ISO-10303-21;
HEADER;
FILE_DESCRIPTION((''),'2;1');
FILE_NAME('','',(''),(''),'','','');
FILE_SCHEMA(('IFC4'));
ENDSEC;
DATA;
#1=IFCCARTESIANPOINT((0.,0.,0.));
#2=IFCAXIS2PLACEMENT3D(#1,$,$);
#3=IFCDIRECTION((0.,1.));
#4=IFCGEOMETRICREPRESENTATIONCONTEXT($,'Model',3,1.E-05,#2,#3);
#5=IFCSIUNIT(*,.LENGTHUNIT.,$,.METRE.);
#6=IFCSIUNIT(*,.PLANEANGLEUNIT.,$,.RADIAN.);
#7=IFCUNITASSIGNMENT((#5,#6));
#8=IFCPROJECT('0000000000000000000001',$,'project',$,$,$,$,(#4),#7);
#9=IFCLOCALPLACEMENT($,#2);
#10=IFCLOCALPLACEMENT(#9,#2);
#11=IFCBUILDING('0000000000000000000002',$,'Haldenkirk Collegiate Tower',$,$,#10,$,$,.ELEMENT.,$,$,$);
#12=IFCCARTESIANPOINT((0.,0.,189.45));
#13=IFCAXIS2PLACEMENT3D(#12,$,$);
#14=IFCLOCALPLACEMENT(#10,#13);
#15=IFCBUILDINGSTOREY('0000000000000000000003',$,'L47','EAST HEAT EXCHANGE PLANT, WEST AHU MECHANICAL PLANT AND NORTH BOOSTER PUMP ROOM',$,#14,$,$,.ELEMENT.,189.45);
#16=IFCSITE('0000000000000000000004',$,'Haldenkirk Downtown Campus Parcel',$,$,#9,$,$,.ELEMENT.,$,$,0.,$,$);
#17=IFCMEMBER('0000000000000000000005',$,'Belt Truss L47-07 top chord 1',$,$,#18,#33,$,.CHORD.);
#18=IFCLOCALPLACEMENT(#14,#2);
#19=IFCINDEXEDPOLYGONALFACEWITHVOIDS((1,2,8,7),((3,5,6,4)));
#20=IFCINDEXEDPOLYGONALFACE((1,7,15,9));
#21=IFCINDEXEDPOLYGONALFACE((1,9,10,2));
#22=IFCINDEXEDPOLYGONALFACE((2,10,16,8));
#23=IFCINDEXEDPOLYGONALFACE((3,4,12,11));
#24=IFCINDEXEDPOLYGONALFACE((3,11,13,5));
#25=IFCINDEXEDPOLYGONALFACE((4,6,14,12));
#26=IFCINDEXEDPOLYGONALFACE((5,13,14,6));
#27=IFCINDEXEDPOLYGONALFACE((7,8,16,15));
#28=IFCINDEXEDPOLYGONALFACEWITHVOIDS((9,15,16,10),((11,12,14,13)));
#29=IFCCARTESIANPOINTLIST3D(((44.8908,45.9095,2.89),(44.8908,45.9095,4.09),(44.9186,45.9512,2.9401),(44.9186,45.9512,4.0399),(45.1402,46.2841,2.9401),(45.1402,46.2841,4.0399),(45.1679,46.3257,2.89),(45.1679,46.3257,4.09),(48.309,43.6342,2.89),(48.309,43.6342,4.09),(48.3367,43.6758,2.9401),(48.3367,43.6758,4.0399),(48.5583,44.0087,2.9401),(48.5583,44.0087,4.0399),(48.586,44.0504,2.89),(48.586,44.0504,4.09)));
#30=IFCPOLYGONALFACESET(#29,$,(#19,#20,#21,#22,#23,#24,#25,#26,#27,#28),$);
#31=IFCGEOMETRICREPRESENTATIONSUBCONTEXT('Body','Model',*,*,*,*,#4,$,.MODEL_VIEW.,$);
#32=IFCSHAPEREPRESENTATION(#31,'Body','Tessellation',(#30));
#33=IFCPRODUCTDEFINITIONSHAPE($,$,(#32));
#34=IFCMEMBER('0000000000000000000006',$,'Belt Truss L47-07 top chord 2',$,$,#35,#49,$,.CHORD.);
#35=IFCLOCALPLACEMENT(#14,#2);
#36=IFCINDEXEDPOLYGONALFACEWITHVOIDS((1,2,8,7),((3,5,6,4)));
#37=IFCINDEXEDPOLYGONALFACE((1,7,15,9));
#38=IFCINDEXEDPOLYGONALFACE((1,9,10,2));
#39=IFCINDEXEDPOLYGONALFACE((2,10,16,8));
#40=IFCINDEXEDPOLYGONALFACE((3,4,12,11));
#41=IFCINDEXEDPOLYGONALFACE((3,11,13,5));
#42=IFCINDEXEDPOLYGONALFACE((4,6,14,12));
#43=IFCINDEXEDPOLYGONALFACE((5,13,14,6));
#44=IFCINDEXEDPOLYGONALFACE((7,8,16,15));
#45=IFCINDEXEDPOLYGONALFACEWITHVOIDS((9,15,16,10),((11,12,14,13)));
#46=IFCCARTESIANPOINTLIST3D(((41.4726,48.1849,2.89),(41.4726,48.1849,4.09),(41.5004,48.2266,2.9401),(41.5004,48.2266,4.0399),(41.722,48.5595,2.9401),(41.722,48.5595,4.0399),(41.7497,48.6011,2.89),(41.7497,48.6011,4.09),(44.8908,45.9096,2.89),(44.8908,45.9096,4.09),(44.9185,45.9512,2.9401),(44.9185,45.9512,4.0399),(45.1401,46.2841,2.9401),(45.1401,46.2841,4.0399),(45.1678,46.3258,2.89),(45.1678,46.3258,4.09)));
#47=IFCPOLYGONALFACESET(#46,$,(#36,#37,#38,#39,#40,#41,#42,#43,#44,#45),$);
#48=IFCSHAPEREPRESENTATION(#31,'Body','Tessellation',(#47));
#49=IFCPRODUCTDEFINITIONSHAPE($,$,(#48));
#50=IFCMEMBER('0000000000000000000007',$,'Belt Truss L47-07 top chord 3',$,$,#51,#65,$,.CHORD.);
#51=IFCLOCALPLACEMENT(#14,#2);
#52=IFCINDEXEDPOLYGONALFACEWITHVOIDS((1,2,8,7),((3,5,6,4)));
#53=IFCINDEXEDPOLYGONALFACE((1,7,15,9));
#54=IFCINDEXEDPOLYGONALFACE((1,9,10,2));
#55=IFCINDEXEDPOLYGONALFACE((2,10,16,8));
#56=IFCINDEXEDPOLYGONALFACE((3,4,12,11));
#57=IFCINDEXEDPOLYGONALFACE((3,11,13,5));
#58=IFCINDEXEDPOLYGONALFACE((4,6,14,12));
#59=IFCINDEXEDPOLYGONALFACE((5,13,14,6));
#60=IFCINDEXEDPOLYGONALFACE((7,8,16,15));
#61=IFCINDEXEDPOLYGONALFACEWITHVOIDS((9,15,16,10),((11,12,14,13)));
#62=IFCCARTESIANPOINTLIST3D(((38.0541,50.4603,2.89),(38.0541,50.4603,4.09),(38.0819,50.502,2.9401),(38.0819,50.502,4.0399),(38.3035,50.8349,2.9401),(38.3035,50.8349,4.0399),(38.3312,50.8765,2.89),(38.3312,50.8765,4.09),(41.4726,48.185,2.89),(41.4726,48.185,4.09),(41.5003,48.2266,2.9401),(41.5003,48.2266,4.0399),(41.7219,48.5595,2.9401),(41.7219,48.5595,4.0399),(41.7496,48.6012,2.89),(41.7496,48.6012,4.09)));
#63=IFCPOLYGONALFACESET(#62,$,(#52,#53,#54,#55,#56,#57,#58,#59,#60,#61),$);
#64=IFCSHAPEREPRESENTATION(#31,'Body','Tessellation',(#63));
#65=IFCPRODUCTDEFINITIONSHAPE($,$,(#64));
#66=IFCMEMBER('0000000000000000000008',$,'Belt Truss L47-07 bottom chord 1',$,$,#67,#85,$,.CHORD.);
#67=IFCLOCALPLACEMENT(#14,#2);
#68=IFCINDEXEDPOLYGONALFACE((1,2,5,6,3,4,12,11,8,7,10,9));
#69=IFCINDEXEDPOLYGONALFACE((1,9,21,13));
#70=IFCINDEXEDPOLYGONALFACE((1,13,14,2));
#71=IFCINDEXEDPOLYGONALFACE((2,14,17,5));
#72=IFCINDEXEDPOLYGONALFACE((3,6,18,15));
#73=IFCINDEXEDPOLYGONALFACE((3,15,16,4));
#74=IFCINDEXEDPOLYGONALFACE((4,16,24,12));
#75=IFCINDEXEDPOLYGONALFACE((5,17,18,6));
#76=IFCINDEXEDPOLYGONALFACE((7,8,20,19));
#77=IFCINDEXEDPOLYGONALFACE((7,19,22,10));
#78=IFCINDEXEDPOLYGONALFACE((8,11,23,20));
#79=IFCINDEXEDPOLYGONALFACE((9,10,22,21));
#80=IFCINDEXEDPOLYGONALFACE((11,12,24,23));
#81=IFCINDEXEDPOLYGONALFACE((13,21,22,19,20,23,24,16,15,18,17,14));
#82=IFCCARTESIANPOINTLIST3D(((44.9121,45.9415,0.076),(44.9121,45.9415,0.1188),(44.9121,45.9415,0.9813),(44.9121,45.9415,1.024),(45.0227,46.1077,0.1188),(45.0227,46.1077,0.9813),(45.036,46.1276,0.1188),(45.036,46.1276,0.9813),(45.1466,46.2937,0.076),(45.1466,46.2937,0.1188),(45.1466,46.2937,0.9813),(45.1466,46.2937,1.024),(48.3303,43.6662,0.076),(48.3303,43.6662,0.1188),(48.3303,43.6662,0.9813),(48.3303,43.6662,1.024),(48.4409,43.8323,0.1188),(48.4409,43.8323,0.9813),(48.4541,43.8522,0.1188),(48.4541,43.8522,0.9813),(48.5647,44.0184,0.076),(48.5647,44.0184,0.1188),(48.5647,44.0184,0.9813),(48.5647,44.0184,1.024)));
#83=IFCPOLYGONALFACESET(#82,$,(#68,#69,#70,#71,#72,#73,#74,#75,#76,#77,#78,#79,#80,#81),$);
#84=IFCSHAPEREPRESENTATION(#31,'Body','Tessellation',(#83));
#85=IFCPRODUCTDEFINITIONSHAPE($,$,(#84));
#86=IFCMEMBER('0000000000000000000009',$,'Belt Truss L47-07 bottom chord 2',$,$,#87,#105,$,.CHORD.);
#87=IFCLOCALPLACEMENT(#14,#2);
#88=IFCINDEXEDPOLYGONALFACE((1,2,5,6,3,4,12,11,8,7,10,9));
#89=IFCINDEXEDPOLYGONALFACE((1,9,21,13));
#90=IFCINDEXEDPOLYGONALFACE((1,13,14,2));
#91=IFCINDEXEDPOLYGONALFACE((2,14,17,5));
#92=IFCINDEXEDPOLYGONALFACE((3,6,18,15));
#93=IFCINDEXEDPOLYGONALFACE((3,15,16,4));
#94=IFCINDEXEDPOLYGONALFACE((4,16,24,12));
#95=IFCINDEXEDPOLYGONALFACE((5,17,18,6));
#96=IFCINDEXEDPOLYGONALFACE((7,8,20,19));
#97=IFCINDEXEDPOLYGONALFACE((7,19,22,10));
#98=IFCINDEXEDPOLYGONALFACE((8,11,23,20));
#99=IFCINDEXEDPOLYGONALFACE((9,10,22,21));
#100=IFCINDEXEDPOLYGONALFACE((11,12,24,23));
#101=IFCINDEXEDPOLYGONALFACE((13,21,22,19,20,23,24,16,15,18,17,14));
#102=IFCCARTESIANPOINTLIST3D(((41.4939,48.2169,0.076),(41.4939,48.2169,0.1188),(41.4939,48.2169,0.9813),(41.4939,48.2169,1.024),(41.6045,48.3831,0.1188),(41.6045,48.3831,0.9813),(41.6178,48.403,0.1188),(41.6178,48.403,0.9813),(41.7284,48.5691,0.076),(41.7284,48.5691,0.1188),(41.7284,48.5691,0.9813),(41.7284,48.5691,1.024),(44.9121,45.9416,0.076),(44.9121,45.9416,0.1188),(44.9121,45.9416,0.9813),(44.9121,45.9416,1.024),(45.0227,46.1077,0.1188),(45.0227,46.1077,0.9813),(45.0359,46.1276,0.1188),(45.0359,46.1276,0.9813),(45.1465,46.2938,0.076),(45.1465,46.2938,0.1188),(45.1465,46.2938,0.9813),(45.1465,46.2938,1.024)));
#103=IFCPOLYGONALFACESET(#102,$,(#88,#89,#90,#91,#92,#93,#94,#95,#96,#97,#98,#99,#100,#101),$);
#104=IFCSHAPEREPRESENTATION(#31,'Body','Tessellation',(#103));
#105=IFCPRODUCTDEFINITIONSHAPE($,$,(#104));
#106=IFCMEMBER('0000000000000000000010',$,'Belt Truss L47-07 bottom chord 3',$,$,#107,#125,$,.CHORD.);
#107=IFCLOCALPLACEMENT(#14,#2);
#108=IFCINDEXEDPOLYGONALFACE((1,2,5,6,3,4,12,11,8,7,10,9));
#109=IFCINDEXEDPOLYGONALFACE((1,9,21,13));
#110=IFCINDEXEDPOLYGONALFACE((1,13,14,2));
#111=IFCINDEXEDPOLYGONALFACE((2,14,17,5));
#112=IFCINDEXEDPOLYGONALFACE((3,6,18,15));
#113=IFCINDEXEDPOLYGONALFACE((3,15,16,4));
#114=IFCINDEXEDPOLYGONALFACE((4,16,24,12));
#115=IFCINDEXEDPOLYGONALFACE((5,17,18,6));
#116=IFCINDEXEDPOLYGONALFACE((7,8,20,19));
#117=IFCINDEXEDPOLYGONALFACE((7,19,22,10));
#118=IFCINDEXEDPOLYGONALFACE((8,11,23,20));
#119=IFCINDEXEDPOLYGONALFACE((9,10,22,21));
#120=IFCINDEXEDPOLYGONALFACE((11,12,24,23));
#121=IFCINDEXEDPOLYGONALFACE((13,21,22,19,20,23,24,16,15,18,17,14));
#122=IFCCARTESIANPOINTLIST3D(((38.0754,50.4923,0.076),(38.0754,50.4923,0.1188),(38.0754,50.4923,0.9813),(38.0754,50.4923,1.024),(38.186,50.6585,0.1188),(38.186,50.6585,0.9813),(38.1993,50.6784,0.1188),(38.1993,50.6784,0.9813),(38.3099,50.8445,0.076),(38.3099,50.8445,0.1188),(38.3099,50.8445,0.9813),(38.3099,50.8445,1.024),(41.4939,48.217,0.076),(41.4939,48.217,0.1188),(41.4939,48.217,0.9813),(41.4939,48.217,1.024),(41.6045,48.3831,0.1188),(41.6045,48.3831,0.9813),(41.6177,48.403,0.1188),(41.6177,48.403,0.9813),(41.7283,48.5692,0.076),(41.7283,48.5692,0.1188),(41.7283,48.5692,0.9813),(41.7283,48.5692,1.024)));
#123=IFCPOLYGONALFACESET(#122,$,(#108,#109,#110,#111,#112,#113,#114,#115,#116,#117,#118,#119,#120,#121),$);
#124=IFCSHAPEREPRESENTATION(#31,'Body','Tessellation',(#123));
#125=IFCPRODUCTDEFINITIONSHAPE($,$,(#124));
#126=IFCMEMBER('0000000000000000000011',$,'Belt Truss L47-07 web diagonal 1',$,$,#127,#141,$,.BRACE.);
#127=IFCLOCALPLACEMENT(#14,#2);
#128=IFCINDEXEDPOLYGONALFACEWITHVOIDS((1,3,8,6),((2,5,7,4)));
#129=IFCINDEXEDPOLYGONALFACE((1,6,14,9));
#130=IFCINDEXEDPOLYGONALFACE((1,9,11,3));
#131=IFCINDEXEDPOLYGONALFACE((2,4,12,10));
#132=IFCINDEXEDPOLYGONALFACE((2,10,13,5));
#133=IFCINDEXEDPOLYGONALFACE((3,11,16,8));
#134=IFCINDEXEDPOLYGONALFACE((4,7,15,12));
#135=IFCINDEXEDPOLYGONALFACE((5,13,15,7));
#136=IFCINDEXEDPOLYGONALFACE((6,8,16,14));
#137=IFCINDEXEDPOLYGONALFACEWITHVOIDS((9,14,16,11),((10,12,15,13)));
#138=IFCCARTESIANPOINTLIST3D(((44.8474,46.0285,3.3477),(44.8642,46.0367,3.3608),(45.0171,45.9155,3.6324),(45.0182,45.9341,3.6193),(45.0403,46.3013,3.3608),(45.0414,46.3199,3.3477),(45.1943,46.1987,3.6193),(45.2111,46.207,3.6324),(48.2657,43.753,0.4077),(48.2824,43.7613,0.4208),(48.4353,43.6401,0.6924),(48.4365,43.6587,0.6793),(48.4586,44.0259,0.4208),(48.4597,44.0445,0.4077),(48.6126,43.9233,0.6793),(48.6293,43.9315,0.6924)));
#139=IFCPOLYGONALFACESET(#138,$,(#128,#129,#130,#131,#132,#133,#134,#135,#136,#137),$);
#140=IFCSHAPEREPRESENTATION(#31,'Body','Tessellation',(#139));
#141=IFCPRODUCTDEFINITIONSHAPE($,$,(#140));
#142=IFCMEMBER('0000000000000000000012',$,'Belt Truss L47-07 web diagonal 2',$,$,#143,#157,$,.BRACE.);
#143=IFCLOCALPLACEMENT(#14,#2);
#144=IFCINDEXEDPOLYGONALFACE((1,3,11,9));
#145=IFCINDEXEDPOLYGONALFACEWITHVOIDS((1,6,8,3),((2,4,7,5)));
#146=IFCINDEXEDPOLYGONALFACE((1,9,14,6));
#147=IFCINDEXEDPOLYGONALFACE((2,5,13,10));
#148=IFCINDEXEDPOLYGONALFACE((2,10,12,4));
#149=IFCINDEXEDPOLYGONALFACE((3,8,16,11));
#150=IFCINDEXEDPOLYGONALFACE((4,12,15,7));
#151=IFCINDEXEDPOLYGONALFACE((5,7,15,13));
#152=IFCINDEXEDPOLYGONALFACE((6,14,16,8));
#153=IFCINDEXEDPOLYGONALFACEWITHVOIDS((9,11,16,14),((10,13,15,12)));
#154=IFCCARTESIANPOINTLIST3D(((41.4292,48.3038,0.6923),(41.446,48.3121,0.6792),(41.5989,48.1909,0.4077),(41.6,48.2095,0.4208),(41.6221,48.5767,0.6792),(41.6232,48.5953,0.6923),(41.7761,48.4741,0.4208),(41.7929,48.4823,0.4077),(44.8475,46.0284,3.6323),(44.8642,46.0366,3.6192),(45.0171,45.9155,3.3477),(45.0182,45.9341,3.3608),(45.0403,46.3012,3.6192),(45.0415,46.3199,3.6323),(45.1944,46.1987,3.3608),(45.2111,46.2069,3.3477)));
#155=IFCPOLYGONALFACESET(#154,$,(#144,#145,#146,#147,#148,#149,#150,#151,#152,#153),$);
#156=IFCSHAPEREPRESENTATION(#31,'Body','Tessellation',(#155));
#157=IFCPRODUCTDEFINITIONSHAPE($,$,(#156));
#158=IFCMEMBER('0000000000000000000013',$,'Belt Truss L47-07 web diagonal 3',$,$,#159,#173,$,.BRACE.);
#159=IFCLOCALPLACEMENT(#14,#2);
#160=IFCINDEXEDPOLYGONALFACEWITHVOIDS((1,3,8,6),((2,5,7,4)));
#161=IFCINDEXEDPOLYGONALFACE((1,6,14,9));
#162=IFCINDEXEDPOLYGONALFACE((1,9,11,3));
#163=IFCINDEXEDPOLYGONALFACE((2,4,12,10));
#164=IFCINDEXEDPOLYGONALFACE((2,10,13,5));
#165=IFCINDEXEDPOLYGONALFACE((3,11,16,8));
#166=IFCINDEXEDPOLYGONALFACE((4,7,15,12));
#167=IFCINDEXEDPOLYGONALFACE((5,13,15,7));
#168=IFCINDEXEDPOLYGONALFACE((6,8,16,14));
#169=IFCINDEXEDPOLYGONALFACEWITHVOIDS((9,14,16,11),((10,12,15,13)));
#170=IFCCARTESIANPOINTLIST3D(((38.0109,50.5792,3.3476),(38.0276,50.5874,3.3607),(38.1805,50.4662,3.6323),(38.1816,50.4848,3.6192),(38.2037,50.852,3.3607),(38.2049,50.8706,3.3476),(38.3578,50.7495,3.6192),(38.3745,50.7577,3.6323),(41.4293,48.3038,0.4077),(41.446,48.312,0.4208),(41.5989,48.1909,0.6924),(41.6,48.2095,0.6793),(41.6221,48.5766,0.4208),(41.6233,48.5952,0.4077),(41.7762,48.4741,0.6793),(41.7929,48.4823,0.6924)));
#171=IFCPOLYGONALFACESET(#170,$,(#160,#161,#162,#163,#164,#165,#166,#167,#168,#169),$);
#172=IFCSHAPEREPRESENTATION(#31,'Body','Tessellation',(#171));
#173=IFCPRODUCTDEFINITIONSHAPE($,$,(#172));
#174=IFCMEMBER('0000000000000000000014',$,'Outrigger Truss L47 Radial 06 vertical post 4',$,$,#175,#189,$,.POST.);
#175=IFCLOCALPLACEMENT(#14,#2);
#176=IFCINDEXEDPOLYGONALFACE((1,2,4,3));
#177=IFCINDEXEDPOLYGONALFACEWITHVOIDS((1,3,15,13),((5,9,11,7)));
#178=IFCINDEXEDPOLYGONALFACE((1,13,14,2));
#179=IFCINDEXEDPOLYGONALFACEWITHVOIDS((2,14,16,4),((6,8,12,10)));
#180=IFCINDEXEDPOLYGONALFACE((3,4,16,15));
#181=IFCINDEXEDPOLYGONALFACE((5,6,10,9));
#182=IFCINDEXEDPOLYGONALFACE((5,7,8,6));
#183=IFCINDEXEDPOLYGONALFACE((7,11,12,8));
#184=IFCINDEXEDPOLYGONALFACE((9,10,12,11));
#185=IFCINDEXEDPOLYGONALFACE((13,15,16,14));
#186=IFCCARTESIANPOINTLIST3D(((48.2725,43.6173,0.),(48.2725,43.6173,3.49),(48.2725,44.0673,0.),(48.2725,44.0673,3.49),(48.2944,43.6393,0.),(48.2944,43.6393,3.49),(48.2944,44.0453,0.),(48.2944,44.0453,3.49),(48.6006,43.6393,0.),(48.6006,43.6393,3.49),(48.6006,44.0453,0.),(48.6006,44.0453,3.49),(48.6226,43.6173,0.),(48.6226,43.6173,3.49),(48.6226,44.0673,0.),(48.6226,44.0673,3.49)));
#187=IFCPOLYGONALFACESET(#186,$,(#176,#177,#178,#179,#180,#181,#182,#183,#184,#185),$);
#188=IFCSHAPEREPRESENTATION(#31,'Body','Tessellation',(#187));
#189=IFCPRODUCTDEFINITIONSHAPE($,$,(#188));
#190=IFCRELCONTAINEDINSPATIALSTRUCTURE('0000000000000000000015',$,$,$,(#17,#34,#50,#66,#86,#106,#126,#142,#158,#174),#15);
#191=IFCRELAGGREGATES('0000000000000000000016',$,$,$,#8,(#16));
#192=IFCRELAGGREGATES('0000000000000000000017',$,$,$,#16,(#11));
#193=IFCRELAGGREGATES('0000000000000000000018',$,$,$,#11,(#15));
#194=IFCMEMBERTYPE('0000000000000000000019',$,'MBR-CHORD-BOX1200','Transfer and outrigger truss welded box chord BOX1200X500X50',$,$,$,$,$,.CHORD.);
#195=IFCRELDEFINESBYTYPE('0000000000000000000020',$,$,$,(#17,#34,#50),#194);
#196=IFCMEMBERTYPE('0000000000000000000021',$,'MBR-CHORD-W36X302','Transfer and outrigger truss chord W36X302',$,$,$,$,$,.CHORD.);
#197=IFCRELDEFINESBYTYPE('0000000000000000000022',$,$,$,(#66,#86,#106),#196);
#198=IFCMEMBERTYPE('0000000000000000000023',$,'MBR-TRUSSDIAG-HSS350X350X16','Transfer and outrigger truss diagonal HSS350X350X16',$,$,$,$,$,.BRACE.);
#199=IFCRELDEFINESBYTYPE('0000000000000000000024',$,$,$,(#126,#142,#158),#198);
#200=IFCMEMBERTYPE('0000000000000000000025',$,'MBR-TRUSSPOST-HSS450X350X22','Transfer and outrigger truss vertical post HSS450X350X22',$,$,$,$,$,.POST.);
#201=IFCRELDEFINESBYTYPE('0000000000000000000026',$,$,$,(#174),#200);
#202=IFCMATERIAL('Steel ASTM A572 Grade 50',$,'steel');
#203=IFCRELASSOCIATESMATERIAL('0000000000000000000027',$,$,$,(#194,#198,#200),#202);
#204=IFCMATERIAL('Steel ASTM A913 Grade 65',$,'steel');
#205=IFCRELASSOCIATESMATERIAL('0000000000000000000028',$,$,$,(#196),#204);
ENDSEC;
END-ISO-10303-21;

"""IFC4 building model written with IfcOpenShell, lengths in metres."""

from ifc_helpers import new_model, si_unit, direction, frame, origin, origin_2d, place, context, subcontext, project, spatial, hollow_rectangle, i_section, extrude, material, material_profile, profile_set, type_object, element, save


model = new_model("IFC4")

# Units and contexts
model_context = context("Model", 3, precision=1e-05, world=origin(), true_north=direction((0.0, 1.0)))
body_context = subcontext(model_context, "Body", "Model", "MODEL_VIEW")
ifc_project = project(units=[si_unit("LENGTHUNIT", "METRE"), si_unit("PLANEANGLEUNIT", "RADIAN")], contexts=[model_context])

# Site, building, storey
site_placement = place(None, origin())
site = spatial("IfcSite", under=ifc_project, at=site_placement, Name="Haldenkirk Downtown Campus Parcel", CompositionType="ELEMENT", RefElevation=0.0)
building_placement = place(site_placement, origin())
building = spatial("IfcBuilding", under=site, at=building_placement, Name="Haldenkirk Collegiate Tower", CompositionType="ELEMENT")
storey_placement = place(building_placement, frame((0.0, 0.0, 189.45)))
storey = spatial("IfcBuildingStorey", under=building, at=storey_placement, Name="L47", Description="EAST HEAT EXCHANGE PLANT, WEST AHU MECHANICAL PLANT AND NORTH BOOSTER PUMP ROOM", CompositionType="ELEMENT", Elevation=189.45)

# Members
ifc_material_1 = material(Name="Steel ASTM A572 Grade 50", Category="steel")
ifc_material_profile_1 = material_profile(ifc_material_1, hollow_rectangle(XDim=0.5, YDim=1.2, WallThickness=0.05, at=origin_2d()), Name="BOX1200X500X50")
ifc_profile_set_1 = profile_set([ifc_material_profile_1], Name="Steel ASTM A572 Grade 50")
member_type_1 = type_object("IfcMemberType", Name="MBR-CHORD-BOX1200", Description="Transfer and outrigger truss welded box chord BOX1200X500X50", PredefinedType="CHORD", material=ifc_profile_set_1)
for number, where, z_axis, x_axis, name in (
    (1, (48.4475, 43.8423, 3.49), (-0.832434, 0.554124, 0.0), (-0.554124, -0.832434, 0.0), "Belt Truss L47-07 top chord 1"),
    (2, (45.0293, 46.1177, 3.49), (-0.832434, 0.554124, 0.0), (-0.554124, -0.832434, 0.0), "Belt Truss L47-07 top chord 2"),
):
    element("IfcMember", number, at=place(storey_placement, frame(where, z_axis=z_axis, x_axis=x_axis)), inside=storey, type_object=member_type_1, Name=name, PredefinedType="CHORD", context=body_context, shape_type="SweptSolid", body=[
        extrude(hollow_rectangle(XDim=0.5, YDim=1.2, WallThickness=0.05, at=origin_2d()), origin(), (0.0, 0.0, 1.0), 4.1062),
    ])
member_1_placement = place(storey_placement, frame((41.6111, 48.3931, 3.49), z_axis=(-0.832453, 0.554096, 0.0), x_axis=(-0.554096, -0.832453, 0.0)))
element("IfcMember", 3, at=member_1_placement, inside=storey, type_object=member_type_1, Name="Belt Truss L47-07 top chord 3", PredefinedType="CHORD", context=body_context, shape_type="SweptSolid", body=[
    extrude(hollow_rectangle(XDim=0.5, YDim=1.2, WallThickness=0.05, at=origin_2d()), origin(), (0.0, 0.0, 1.0), 4.1064),
])
ifc_material_2 = material(Name="Steel ASTM A913 Grade 65", Category="steel")
ifc_material_profile_2 = material_profile(ifc_material_2, i_section(OverallWidth=0.4231, OverallDepth=0.948, WebThickness=0.0239, FlangeThickness=0.0427, at=origin_2d()), Name="W36X302")
ifc_profile_set_2 = profile_set([ifc_material_profile_2], Name="Steel ASTM A913 Grade 65")
member_type_2 = type_object("IfcMemberType", Name="MBR-CHORD-W36X302", Description="Transfer and outrigger truss chord W36X302", PredefinedType="CHORD", material=ifc_profile_set_2)
for number, where, z_axis, x_axis, name in (
    (4, (48.4475, 43.8423, 0.55), (-0.832434, 0.554124, 0.0), (-0.554124, -0.832434, 0.0), "Belt Truss L47-07 bottom chord 1"),
    (5, (45.0293, 46.1177, 0.55), (-0.832434, 0.554124, 0.0), (-0.554124, -0.832434, 0.0), "Belt Truss L47-07 bottom chord 2"),
):
    element("IfcMember", number, at=place(storey_placement, frame(where, z_axis=z_axis, x_axis=x_axis)), inside=storey, type_object=member_type_2, Name=name, PredefinedType="CHORD", context=body_context, shape_type="SweptSolid", body=[
        extrude(i_section(OverallWidth=0.4231, OverallDepth=0.948, WebThickness=0.0239, FlangeThickness=0.0427, at=origin_2d()), origin(), (0.0, 0.0, 1.0), 4.1062),
    ])
member_2_placement = place(storey_placement, frame((41.6111, 48.3931, 0.55), z_axis=(-0.832453, 0.554096, 0.0), x_axis=(-0.554096, -0.832453, 0.0)))
element("IfcMember", 6, at=member_2_placement, inside=storey, type_object=member_type_2, Name="Belt Truss L47-07 bottom chord 3", PredefinedType="CHORD", context=body_context, shape_type="SweptSolid", body=[
    extrude(i_section(OverallWidth=0.4231, OverallDepth=0.948, WebThickness=0.0239, FlangeThickness=0.0427, at=origin_2d()), origin(), (0.0, 0.0, 1.0), 4.1064),
])
ifc_material_profile_3 = material_profile(ifc_material_1, hollow_rectangle(XDim=0.3501, YDim=0.3501, WallThickness=0.0161, at=origin_2d()), Name="HSS350X350X16")
ifc_profile_set_3 = profile_set([ifc_material_profile_3], Name="Steel ASTM A572 Grade 50")
member_type_3 = type_object("IfcMemberType", Name="MBR-TRUSSDIAG-HSS350X350X16", Description="Transfer and outrigger truss diagonal HSS350X350X16", PredefinedType="BRACE", material=ifc_profile_set_3)
for number, where, z_axis, x_axis, name in (
    (7, (48.4475, 43.8423, 0.55), (-0.676843, 0.450552, 0.58214), (-0.554124, -0.832434, 0.0), "Belt Truss L47-07 web diagonal 1"),
    (8, (45.0293, 46.1177, 3.49), (-0.676843, 0.450552, -0.58214), (-0.554124, -0.832434, 0.0), "Belt Truss L47-07 web diagonal 2"),
    (9, (41.6111, 48.3931, 0.55), (-0.676869, 0.450537, 0.582121), (-0.554096, -0.832453, 0.0), "Belt Truss L47-07 web diagonal 3"),
):
    element("IfcMember", number, at=place(storey_placement, frame(where, z_axis=z_axis, x_axis=x_axis)), inside=storey, type_object=member_type_3, Name=name, PredefinedType="BRACE", context=body_context, shape_type="SweptSolid", body=[
        extrude(hollow_rectangle(XDim=0.3501, YDim=0.3501, WallThickness=0.0161, at=origin_2d()), origin(), (0.0, 0.0, 1.0), 5.0503),
    ])
ifc_material_profile_4 = material_profile(ifc_material_1, hollow_rectangle(XDim=0.3501, YDim=0.45, WallThickness=0.022, at=origin_2d()), Name="HSS450X350X22")
ifc_profile_set_4 = profile_set([ifc_material_profile_4], Name="Steel ASTM A572 Grade 50")
member_type_4 = type_object("IfcMemberType", Name="MBR-TRUSSPOST-HSS450X350X22", Description="Transfer and outrigger truss vertical post HSS450X350X22", PredefinedType="POST", material=ifc_profile_set_4)
for number, where, z_axis, x_axis, name in (
    (10, (48.4475, 43.8423, 0.0), (0.0, 0.0, 1.0), (1.0, 0.0, 0.0), "Outrigger Truss L47 Radial 06 vertical post 4"),
):
    element("IfcMember", number, at=place(storey_placement, frame(where, z_axis=z_axis, x_axis=x_axis)), inside=storey, type_object=member_type_4, Name=name, PredefinedType="POST", context=body_context, shape_type="SweptSolid", body=[
        extrude(hollow_rectangle(XDim=0.3501, YDim=0.45, WallThickness=0.022, at=origin_2d()), origin(), (0.0, 0.0, 1.0), 3.49),
    ])

save(model, "model.ifc")
